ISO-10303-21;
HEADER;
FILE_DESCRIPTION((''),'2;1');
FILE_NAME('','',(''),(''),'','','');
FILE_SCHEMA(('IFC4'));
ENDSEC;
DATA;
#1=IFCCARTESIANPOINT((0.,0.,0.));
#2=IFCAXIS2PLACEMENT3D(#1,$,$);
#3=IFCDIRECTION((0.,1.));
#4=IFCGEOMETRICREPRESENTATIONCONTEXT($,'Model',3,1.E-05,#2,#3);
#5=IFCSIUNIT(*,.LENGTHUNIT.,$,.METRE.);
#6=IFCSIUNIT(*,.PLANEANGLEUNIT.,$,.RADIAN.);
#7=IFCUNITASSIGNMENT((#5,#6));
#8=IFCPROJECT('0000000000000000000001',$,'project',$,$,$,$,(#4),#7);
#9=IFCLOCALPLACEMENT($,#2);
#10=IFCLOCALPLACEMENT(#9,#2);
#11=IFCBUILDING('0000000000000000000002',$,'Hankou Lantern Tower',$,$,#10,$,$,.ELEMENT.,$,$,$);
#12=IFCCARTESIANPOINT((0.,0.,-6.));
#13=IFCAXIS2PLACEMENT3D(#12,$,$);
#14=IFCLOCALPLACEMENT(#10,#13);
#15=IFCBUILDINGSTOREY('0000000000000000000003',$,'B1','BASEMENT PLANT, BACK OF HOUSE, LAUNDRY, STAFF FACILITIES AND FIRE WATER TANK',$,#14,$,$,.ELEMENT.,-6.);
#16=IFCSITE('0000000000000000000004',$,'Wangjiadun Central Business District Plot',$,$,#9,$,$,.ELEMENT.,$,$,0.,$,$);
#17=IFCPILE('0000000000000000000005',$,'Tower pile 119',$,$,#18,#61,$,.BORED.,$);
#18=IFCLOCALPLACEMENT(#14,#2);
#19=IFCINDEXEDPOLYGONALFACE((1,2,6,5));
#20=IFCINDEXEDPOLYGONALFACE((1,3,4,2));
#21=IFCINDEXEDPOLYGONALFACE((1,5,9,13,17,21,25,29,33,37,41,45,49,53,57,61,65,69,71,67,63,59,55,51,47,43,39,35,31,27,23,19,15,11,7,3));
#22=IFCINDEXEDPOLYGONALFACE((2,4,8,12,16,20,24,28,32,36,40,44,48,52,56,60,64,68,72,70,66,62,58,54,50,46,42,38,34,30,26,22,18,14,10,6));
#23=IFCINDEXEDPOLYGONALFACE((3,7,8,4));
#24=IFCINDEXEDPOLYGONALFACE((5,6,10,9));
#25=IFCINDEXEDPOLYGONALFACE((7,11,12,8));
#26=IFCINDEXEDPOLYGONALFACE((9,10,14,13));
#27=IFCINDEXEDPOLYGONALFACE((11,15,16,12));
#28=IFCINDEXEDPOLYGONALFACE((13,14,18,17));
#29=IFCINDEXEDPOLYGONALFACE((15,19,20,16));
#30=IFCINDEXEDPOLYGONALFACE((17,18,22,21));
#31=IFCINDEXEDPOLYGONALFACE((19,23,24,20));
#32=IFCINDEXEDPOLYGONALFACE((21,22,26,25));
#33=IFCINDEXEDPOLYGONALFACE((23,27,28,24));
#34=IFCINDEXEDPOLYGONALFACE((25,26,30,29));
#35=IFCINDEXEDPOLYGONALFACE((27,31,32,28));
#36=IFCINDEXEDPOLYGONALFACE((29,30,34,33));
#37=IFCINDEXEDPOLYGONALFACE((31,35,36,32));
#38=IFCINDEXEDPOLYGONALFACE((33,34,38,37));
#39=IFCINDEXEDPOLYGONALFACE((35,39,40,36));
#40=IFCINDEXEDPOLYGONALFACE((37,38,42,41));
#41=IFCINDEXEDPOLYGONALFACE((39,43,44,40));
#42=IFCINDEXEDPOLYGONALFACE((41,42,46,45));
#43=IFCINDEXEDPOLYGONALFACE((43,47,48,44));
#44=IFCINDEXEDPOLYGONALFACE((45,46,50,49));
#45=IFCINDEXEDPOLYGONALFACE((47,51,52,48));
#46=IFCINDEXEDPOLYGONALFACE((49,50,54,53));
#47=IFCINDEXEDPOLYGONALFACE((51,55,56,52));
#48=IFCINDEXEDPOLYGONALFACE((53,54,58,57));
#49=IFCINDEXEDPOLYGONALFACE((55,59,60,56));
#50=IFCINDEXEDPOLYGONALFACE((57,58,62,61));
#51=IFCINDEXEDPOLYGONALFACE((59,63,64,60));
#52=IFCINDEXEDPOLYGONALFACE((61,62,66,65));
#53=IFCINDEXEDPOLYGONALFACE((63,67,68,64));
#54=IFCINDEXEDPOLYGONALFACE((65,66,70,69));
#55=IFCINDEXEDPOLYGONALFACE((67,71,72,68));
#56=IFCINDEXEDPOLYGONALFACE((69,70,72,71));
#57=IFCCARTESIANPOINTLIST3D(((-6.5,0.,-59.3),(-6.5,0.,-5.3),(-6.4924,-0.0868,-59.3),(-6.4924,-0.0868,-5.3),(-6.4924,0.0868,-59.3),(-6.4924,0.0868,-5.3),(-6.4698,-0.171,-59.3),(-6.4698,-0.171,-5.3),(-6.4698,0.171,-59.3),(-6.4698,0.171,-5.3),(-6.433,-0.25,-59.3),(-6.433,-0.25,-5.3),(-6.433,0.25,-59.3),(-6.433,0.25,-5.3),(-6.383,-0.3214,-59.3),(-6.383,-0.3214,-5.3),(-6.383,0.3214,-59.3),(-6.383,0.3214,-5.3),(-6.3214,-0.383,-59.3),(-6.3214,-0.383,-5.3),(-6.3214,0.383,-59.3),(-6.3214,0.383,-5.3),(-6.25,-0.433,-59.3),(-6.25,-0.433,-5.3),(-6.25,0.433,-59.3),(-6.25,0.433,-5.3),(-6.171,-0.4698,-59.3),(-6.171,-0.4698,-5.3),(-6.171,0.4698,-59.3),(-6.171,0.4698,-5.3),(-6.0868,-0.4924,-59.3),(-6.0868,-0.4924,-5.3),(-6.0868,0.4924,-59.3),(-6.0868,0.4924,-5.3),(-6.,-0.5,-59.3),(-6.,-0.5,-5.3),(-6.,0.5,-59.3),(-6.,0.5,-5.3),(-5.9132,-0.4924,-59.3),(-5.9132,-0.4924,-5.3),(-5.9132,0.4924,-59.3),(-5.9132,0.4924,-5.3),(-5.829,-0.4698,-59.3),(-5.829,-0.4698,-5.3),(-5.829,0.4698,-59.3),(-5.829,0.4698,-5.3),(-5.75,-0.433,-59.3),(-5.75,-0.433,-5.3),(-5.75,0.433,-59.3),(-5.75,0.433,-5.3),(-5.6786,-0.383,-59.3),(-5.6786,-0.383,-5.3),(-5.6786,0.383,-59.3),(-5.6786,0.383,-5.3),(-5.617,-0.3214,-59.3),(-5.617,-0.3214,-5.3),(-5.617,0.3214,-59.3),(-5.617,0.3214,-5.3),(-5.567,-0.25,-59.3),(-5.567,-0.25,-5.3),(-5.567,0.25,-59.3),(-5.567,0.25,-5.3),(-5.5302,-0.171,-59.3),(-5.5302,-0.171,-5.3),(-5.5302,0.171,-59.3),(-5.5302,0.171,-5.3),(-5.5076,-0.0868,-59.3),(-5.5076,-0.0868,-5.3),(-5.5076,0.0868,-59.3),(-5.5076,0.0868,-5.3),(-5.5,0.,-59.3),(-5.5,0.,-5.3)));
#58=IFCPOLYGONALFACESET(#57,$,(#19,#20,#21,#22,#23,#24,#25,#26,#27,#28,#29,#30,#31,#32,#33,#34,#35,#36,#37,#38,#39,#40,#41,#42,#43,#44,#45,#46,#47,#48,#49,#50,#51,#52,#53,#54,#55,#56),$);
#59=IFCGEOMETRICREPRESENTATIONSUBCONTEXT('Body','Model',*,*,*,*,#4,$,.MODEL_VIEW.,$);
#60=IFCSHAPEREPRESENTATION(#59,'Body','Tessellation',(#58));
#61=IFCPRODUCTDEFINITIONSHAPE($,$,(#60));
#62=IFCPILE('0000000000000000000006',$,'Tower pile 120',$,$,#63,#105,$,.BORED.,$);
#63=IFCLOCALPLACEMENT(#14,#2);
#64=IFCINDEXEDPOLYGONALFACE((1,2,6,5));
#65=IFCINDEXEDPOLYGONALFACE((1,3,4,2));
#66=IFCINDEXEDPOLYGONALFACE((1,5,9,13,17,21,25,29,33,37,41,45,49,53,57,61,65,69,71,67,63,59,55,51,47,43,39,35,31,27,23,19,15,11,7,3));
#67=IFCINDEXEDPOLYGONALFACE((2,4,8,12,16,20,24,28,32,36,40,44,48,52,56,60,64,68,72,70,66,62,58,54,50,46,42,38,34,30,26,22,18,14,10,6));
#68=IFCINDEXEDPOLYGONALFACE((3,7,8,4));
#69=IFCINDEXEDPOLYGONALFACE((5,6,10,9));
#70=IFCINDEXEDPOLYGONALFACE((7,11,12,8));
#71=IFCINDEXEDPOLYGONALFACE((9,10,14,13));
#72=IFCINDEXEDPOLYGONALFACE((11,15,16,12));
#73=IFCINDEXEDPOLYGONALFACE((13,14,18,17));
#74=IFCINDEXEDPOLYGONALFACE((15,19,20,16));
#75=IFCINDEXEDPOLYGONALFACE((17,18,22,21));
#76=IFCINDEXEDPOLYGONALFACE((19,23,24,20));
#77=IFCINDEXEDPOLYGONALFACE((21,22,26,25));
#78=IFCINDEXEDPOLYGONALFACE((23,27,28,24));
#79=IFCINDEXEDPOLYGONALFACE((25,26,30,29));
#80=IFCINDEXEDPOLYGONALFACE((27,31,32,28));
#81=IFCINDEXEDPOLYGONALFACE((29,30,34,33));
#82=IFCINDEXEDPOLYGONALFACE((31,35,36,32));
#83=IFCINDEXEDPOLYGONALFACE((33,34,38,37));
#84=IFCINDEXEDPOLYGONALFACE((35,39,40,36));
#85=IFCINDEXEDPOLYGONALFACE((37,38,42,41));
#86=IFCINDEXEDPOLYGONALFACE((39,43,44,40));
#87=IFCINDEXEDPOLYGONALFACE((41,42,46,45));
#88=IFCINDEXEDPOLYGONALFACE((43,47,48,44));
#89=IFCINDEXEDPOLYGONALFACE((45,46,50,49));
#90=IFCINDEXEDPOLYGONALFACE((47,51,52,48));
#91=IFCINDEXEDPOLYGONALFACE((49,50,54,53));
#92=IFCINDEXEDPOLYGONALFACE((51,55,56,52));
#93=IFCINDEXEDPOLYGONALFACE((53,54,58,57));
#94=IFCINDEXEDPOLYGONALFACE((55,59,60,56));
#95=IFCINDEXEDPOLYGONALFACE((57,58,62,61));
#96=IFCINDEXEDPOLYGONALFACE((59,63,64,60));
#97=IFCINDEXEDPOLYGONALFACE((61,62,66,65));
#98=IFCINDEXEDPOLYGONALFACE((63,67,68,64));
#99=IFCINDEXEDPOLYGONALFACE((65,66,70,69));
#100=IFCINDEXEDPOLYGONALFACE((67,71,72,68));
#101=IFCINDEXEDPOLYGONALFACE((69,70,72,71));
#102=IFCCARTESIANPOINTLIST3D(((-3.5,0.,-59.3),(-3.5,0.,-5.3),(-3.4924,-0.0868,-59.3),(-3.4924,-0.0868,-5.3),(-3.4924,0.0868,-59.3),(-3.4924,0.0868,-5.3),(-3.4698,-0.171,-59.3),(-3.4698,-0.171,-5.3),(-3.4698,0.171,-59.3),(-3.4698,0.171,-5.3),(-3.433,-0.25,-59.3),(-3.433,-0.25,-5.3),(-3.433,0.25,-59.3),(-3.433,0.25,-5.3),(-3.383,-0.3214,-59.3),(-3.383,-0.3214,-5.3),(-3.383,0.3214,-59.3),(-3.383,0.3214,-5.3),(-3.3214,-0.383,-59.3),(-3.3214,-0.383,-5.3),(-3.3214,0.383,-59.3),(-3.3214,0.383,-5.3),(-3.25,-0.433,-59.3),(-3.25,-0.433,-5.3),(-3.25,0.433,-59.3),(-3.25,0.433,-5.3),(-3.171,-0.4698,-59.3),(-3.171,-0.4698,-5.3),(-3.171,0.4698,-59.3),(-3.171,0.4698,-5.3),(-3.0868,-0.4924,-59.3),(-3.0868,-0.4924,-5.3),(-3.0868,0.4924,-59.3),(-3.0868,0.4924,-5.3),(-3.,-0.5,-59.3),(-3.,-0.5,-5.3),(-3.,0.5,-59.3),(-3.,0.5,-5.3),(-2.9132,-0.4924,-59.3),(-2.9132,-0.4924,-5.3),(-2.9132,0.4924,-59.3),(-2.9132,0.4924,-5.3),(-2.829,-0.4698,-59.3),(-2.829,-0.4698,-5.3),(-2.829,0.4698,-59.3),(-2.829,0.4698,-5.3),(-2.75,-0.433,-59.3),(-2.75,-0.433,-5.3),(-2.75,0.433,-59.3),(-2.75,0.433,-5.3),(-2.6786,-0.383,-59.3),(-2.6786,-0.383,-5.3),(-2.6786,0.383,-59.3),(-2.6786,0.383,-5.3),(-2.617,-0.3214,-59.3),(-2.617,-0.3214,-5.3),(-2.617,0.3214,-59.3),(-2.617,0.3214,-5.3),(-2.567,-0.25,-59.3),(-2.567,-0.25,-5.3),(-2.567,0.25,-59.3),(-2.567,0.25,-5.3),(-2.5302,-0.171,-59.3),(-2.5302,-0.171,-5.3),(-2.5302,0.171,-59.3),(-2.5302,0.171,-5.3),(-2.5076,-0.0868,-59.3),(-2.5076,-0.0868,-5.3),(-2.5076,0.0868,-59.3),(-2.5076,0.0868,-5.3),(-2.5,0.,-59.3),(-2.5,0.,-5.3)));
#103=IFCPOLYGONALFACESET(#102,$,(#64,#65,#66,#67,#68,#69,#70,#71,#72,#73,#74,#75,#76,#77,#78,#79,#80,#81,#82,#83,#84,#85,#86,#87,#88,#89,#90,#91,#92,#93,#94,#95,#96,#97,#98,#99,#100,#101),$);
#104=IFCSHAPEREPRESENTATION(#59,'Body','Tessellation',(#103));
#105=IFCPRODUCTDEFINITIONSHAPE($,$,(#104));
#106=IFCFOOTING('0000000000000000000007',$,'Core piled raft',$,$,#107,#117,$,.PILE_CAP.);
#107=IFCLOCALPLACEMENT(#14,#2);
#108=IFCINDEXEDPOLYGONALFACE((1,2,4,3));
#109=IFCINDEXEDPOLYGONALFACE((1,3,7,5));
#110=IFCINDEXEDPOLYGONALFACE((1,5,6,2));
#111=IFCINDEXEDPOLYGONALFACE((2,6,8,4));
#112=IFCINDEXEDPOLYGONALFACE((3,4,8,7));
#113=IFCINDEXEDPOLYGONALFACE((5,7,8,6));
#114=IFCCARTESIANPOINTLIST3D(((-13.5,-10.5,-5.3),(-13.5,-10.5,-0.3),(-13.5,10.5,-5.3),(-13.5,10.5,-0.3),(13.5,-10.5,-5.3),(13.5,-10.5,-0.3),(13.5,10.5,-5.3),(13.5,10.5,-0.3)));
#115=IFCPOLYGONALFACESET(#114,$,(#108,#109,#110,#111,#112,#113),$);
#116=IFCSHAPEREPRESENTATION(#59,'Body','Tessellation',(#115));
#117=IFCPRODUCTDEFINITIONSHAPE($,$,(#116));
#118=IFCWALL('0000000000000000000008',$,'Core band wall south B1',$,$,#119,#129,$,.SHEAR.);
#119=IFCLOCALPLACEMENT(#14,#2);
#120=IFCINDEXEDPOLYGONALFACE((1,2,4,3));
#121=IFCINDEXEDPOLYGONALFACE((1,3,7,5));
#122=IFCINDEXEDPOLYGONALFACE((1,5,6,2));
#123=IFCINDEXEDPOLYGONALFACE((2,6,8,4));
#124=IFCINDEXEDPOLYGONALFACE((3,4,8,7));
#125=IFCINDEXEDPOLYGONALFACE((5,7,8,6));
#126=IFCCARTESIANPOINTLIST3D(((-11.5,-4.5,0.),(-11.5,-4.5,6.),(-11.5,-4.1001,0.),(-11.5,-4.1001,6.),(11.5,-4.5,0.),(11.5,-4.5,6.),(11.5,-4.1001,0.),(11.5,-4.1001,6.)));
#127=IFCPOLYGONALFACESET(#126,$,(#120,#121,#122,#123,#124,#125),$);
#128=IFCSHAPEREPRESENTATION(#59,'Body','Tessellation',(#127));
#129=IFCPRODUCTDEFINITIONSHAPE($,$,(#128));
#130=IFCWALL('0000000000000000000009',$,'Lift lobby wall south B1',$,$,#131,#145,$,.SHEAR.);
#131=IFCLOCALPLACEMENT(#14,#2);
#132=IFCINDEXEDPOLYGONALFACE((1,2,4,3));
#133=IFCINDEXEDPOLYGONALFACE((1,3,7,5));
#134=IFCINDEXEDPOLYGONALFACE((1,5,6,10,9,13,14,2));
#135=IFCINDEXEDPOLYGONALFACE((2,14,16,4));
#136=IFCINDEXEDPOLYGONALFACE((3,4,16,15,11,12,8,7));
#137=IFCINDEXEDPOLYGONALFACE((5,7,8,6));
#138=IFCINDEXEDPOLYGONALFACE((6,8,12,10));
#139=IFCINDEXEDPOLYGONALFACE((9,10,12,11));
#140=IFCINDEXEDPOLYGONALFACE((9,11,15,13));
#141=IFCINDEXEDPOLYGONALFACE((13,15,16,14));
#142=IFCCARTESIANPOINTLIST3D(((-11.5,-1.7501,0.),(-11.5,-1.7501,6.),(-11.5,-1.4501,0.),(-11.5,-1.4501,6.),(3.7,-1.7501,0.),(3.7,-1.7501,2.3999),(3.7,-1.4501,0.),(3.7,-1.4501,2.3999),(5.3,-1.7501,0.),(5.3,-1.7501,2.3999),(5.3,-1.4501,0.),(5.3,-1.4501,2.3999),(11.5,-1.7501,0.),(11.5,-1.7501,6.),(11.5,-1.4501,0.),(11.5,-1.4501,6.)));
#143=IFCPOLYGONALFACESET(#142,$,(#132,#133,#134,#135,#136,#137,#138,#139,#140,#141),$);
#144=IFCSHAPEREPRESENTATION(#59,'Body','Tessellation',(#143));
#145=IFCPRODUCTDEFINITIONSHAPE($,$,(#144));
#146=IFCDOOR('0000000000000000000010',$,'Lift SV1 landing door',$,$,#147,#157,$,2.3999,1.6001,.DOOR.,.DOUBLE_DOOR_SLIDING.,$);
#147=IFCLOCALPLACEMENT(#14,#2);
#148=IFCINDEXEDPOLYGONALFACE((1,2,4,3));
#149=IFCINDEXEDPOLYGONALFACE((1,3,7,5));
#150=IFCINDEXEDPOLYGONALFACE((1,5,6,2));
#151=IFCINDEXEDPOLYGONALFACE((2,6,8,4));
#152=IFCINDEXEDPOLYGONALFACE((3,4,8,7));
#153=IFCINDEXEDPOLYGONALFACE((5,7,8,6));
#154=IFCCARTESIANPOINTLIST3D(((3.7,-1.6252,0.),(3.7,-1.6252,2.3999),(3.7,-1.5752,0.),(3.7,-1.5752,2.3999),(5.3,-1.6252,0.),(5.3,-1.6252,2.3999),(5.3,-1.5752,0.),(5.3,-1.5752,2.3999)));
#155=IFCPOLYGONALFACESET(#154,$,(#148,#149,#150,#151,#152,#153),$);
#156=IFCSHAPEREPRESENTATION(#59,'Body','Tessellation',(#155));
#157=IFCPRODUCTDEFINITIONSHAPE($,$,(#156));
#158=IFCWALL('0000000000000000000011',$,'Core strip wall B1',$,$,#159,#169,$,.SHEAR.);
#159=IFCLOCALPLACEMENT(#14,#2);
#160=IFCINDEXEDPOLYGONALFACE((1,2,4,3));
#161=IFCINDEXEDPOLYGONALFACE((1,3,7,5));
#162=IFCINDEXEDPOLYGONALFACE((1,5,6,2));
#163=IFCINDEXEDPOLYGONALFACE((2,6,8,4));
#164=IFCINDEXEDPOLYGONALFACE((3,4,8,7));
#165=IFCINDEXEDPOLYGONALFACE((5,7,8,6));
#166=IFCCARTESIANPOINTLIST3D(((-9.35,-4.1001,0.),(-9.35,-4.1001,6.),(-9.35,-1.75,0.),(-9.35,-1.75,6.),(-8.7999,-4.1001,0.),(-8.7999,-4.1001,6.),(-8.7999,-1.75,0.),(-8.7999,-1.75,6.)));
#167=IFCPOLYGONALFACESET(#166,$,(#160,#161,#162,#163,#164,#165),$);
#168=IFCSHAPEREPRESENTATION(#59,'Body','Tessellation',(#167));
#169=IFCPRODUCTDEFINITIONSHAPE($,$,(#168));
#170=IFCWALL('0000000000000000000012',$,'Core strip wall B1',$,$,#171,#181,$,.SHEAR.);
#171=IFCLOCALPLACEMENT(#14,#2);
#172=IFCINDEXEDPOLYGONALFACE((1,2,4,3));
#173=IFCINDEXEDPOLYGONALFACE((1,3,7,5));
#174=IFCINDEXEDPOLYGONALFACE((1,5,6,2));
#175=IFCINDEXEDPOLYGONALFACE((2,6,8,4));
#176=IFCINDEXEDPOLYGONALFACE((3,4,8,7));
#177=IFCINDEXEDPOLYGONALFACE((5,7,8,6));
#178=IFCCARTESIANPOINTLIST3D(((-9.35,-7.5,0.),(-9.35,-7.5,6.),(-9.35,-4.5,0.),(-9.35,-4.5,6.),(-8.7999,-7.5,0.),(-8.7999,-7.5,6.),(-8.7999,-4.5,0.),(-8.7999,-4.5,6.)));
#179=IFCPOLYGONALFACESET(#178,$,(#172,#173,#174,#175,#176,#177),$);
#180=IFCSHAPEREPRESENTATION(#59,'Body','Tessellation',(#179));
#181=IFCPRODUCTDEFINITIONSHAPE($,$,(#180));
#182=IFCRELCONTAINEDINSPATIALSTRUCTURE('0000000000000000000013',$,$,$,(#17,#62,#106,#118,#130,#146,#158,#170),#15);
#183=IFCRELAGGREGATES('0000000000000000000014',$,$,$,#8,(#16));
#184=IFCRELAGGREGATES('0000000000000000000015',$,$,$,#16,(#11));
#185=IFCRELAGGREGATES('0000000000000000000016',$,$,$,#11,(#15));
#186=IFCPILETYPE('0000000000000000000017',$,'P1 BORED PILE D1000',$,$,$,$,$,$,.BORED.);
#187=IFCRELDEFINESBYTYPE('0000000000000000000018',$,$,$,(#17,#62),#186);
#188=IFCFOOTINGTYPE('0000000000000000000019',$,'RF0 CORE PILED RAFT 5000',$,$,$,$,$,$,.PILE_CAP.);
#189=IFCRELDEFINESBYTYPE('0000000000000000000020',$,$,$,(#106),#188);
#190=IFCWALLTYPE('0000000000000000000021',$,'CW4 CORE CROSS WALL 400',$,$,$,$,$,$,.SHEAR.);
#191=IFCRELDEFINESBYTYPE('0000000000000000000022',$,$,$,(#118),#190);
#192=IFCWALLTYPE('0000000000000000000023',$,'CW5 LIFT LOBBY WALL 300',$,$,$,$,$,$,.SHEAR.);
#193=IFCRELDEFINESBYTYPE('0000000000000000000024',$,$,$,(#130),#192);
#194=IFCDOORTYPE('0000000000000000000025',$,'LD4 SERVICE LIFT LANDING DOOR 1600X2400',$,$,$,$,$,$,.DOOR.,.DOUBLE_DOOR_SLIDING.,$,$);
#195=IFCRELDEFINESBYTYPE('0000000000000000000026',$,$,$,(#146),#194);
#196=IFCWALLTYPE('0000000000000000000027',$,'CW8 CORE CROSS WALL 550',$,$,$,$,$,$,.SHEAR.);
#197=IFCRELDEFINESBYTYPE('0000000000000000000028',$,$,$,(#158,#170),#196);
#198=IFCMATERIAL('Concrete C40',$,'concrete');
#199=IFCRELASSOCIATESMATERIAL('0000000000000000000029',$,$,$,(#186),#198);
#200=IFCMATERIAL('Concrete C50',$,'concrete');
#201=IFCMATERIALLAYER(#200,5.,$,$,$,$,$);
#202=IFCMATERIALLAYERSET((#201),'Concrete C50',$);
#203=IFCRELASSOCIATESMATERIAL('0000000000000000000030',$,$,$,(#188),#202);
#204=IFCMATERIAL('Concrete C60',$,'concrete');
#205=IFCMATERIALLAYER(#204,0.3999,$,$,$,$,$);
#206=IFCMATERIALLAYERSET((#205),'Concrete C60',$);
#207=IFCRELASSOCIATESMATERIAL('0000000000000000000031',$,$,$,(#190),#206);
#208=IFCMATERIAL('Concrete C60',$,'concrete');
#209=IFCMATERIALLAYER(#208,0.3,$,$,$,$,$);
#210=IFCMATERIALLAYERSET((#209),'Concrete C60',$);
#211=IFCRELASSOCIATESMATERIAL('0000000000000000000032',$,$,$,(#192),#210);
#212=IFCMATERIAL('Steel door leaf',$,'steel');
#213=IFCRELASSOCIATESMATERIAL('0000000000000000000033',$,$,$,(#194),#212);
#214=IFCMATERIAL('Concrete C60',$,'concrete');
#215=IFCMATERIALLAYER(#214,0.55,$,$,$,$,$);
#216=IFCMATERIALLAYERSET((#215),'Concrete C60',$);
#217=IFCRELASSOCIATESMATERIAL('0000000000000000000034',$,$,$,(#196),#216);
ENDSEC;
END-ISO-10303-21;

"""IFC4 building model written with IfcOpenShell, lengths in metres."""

from ifc_helpers import new_model, si_unit, direction, frame, frame_2d, origin, origin_2d, place, context, subcontext, project, spatial, polyline, rectangle, circle, outline, extrude, material, layer, layer_set, material_profile, profile_set, type_object, element, fill, save


model = new_model("IFC4")

# Units and contexts
model_context = context("Model", 3, precision=1e-05, world=origin(), true_north=direction((0.0, 1.0)))
body_context = subcontext(model_context, "Body", "Model", "MODEL_VIEW")
ifc_project = project(units=[si_unit("LENGTHUNIT", "METRE"), si_unit("PLANEANGLEUNIT", "RADIAN")], contexts=[model_context])

# Site, building, storey
site_placement = place(None, origin())
site = spatial("IfcSite", under=ifc_project, at=site_placement, Name="Wangjiadun Central Business District Plot", CompositionType="ELEMENT", RefElevation=0.0)
building_placement = place(site_placement, origin())
building = spatial("IfcBuilding", under=site, at=building_placement, Name="Hankou Lantern Tower", CompositionType="ELEMENT")
storey_placement = place(building_placement, frame((0.0, 0.0, -6.0)))
storey = spatial("IfcBuildingStorey", under=building, at=storey_placement, Name="B1", Description="BASEMENT PLANT, BACK OF HOUSE, LAUNDRY, STAFF FACILITIES AND FIRE WATER TANK", CompositionType="ELEMENT", Elevation=-6.0)

# Piles
ifc_material_1 = material(Name="Concrete C40", Category="concrete")
ifc_material_profile = material_profile(ifc_material_1, circle(Radius=0.5, at=origin_2d()), Name="RC D1000")
ifc_profile_set = profile_set([ifc_material_profile], Name="Concrete C40")
pile_type = type_object("IfcPileType", Name="P1 BORED PILE D1000", PredefinedType="BORED", material=ifc_profile_set)
for number, where, z_axis, x_axis, name in (
    (1, (-6.0, 0.0, -5.3), (0.0, 0.0, -1.0), (1.0, 0.0, 0.0), "Tower pile 119"),
    (2, (-3.0, 0.0, -5.3), (0.0, 0.0, -1.0), (1.0, 0.0, 0.0), "Tower pile 120"),
):
    element("IfcPile", number, at=place(storey_placement, frame(where, z_axis=z_axis, x_axis=x_axis)), inside=storey, type_object=pile_type, Name=name, PredefinedType="BORED", context=body_context, shape_type="SweptSolid", body=[
        extrude(circle(Radius=0.5, at=origin_2d()), origin(), (0.0, 0.0, 1.0), 54.0),
    ])

# Footing
ifc_material_2 = material(Name="Concrete C50", Category="concrete")
ifc_layer_1 = layer(ifc_material_2, 5.0)
ifc_layer_set_1 = layer_set([ifc_layer_1], Name="Concrete C50")
footing_type = type_object("IfcFootingType", Name="RF0 CORE PILED RAFT 5000", PredefinedType="PILE_CAP", material=ifc_layer_set_1)
footing_placement = place(storey_placement, frame((0.0, 0.0, -5.3)))
element("IfcFooting", 3, at=footing_placement, inside=storey, type_object=footing_type, Name="Core piled raft", PredefinedType="PILE_CAP", context=body_context, shape_type="SweptSolid", body=[
    extrude(outline(polyline([(-13.5, -10.5), (13.5, -10.5), (13.5, 10.5), (-13.5, 10.5), (-13.5, -10.5)])), origin(), (0.0, 0.0, 1.0), 5.0),
])

# Wall
ifc_material_3 = material(Name="Concrete C60", Category="concrete")
ifc_layer_2 = layer(ifc_material_3, 0.3999)
ifc_layer_set_2 = layer_set([ifc_layer_2], Name="Concrete C60")
wall_type_1 = type_object("IfcWallType", Name="CW4 CORE CROSS WALL 400", PredefinedType="SHEAR", material=ifc_layer_set_2)
wall_1_placement = place(storey_placement, frame((-11.5, -4.3, 0.0), z_axis=(0.0, 0.0, 1.0), x_axis=(1.0, 0.0, 0.0)))
element("IfcWall", 4, at=wall_1_placement, inside=storey, type_object=wall_type_1, Name="Core band wall south B1", PredefinedType="SHEAR", context=body_context, shape_type="SweptSolid", body=[
    extrude(rectangle(XDim=23.0, YDim=0.3999, at=frame_2d((11.5, 0.0))), origin(), (0.0, 0.0, 1.0), 6.0),
])

# Wall, opening, door
ifc_material_4 = material(Name="Concrete C60", Category="concrete")
ifc_layer_3 = layer(ifc_material_4, 0.3)
ifc_layer_set_3 = layer_set([ifc_layer_3], Name="Concrete C60")
wall_type_2 = type_object("IfcWallType", Name="CW5 LIFT LOBBY WALL 300", PredefinedType="SHEAR", material=ifc_layer_set_3)
wall_2_placement = place(storey_placement, frame((-11.5, -1.6001, 0.0), z_axis=(0.0, 0.0, 1.0), x_axis=(1.0, 0.0, 0.0)))
wall_2 = element("IfcWall", 5, at=wall_2_placement, inside=storey, type_object=wall_type_2, Name="Lift lobby wall south B1", PredefinedType="SHEAR", context=body_context, shape_type="SweptSolid", body=[
    extrude(rectangle(XDim=23.0, YDim=0.3, at=frame_2d((11.5, 0.0))), origin(), (0.0, 0.0, 1.0), 6.0),
])
opening_1_placement = place(wall_2_placement, frame((15.2, 0.0, 0.0)))
opening_1 = element("IfcOpeningElement", 6, at=opening_1_placement, cuts=wall_2, PredefinedType="OPENING", context=body_context, shape_type="SweptSolid", body=[
    extrude(rectangle(XDim=1.6001, YDim=2.3999, at=frame_2d((0.8, 1.2))), frame((0.0, 0.1599, 0.0), z_axis=(0.0, -1.0, 0.0), x_axis=(1.0, 0.0, 0.0)), (0.0, 0.0, 1.0), 0.3201),
])
ifc_material_5 = material(Name="Steel door leaf", Category="steel")
door_type_1 = type_object("IfcDoorType", Name="LD4 SERVICE LIFT LANDING DOOR 1600X2400", OperationType="DOUBLE_DOOR_SLIDING", PredefinedType="DOOR", material=ifc_material_5)
door_1_placement = place(opening_1_placement, origin())
door_1 = element("IfcDoor", 7, at=door_1_placement, inside=storey, type_object=door_type_1, Name="Lift SV1 landing door", OperationType="DOUBLE_DOOR_SLIDING", OverallHeight=2.3999, OverallWidth=1.6001, PredefinedType="DOOR", context=body_context, shape_type="SweptSolid", body=[
    extrude(rectangle(XDim=1.6001, YDim=2.3999, at=frame_2d((0.8, 1.2))), frame((0.0, 0.0249, 0.0), z_axis=(0.0, -1.0, 0.0), x_axis=(1.0, 0.0, 0.0)), (0.0, 0.0, 1.0), 0.05),
])
fill(opening_1, door_1)

# Walls
ifc_material_6 = material(Name="Concrete C60", Category="concrete")
ifc_layer_4 = layer(ifc_material_6, 0.55)
ifc_layer_set_4 = layer_set([ifc_layer_4], Name="Concrete C60")
wall_type_3 = type_object("IfcWallType", Name="CW8 CORE CROSS WALL 550", PredefinedType="SHEAR", material=ifc_layer_set_4)
wall_3_placement = place(storey_placement, frame((-9.075, -4.1001, 0.0), z_axis=(0.0, 0.0, 1.0), x_axis=(0.0, 1.0, 0.0)))
element("IfcWall", 8, at=wall_3_placement, inside=storey, type_object=wall_type_3, Name="Core strip wall B1", PredefinedType="SHEAR", context=body_context, shape_type="SweptSolid", body=[
    extrude(rectangle(XDim=2.3501, YDim=0.55, at=frame_2d((1.175, 0.0))), origin(), (0.0, 0.0, 1.0), 6.0),
])
wall_4_placement = place(storey_placement, frame((-9.075, -7.5, 0.0), z_axis=(0.0, 0.0, 1.0), x_axis=(0.0, 1.0, 0.0)))
element("IfcWall", 9, at=wall_4_placement, inside=storey, type_object=wall_type_3, Name="Core strip wall B1", PredefinedType="SHEAR", context=body_context, shape_type="SweptSolid", body=[
    extrude(rectangle(XDim=3.0, YDim=0.55, at=frame_2d((1.5, 0.0))), origin(), (0.0, 0.0, 1.0), 6.0),
])

save(model, "model.ifc")
